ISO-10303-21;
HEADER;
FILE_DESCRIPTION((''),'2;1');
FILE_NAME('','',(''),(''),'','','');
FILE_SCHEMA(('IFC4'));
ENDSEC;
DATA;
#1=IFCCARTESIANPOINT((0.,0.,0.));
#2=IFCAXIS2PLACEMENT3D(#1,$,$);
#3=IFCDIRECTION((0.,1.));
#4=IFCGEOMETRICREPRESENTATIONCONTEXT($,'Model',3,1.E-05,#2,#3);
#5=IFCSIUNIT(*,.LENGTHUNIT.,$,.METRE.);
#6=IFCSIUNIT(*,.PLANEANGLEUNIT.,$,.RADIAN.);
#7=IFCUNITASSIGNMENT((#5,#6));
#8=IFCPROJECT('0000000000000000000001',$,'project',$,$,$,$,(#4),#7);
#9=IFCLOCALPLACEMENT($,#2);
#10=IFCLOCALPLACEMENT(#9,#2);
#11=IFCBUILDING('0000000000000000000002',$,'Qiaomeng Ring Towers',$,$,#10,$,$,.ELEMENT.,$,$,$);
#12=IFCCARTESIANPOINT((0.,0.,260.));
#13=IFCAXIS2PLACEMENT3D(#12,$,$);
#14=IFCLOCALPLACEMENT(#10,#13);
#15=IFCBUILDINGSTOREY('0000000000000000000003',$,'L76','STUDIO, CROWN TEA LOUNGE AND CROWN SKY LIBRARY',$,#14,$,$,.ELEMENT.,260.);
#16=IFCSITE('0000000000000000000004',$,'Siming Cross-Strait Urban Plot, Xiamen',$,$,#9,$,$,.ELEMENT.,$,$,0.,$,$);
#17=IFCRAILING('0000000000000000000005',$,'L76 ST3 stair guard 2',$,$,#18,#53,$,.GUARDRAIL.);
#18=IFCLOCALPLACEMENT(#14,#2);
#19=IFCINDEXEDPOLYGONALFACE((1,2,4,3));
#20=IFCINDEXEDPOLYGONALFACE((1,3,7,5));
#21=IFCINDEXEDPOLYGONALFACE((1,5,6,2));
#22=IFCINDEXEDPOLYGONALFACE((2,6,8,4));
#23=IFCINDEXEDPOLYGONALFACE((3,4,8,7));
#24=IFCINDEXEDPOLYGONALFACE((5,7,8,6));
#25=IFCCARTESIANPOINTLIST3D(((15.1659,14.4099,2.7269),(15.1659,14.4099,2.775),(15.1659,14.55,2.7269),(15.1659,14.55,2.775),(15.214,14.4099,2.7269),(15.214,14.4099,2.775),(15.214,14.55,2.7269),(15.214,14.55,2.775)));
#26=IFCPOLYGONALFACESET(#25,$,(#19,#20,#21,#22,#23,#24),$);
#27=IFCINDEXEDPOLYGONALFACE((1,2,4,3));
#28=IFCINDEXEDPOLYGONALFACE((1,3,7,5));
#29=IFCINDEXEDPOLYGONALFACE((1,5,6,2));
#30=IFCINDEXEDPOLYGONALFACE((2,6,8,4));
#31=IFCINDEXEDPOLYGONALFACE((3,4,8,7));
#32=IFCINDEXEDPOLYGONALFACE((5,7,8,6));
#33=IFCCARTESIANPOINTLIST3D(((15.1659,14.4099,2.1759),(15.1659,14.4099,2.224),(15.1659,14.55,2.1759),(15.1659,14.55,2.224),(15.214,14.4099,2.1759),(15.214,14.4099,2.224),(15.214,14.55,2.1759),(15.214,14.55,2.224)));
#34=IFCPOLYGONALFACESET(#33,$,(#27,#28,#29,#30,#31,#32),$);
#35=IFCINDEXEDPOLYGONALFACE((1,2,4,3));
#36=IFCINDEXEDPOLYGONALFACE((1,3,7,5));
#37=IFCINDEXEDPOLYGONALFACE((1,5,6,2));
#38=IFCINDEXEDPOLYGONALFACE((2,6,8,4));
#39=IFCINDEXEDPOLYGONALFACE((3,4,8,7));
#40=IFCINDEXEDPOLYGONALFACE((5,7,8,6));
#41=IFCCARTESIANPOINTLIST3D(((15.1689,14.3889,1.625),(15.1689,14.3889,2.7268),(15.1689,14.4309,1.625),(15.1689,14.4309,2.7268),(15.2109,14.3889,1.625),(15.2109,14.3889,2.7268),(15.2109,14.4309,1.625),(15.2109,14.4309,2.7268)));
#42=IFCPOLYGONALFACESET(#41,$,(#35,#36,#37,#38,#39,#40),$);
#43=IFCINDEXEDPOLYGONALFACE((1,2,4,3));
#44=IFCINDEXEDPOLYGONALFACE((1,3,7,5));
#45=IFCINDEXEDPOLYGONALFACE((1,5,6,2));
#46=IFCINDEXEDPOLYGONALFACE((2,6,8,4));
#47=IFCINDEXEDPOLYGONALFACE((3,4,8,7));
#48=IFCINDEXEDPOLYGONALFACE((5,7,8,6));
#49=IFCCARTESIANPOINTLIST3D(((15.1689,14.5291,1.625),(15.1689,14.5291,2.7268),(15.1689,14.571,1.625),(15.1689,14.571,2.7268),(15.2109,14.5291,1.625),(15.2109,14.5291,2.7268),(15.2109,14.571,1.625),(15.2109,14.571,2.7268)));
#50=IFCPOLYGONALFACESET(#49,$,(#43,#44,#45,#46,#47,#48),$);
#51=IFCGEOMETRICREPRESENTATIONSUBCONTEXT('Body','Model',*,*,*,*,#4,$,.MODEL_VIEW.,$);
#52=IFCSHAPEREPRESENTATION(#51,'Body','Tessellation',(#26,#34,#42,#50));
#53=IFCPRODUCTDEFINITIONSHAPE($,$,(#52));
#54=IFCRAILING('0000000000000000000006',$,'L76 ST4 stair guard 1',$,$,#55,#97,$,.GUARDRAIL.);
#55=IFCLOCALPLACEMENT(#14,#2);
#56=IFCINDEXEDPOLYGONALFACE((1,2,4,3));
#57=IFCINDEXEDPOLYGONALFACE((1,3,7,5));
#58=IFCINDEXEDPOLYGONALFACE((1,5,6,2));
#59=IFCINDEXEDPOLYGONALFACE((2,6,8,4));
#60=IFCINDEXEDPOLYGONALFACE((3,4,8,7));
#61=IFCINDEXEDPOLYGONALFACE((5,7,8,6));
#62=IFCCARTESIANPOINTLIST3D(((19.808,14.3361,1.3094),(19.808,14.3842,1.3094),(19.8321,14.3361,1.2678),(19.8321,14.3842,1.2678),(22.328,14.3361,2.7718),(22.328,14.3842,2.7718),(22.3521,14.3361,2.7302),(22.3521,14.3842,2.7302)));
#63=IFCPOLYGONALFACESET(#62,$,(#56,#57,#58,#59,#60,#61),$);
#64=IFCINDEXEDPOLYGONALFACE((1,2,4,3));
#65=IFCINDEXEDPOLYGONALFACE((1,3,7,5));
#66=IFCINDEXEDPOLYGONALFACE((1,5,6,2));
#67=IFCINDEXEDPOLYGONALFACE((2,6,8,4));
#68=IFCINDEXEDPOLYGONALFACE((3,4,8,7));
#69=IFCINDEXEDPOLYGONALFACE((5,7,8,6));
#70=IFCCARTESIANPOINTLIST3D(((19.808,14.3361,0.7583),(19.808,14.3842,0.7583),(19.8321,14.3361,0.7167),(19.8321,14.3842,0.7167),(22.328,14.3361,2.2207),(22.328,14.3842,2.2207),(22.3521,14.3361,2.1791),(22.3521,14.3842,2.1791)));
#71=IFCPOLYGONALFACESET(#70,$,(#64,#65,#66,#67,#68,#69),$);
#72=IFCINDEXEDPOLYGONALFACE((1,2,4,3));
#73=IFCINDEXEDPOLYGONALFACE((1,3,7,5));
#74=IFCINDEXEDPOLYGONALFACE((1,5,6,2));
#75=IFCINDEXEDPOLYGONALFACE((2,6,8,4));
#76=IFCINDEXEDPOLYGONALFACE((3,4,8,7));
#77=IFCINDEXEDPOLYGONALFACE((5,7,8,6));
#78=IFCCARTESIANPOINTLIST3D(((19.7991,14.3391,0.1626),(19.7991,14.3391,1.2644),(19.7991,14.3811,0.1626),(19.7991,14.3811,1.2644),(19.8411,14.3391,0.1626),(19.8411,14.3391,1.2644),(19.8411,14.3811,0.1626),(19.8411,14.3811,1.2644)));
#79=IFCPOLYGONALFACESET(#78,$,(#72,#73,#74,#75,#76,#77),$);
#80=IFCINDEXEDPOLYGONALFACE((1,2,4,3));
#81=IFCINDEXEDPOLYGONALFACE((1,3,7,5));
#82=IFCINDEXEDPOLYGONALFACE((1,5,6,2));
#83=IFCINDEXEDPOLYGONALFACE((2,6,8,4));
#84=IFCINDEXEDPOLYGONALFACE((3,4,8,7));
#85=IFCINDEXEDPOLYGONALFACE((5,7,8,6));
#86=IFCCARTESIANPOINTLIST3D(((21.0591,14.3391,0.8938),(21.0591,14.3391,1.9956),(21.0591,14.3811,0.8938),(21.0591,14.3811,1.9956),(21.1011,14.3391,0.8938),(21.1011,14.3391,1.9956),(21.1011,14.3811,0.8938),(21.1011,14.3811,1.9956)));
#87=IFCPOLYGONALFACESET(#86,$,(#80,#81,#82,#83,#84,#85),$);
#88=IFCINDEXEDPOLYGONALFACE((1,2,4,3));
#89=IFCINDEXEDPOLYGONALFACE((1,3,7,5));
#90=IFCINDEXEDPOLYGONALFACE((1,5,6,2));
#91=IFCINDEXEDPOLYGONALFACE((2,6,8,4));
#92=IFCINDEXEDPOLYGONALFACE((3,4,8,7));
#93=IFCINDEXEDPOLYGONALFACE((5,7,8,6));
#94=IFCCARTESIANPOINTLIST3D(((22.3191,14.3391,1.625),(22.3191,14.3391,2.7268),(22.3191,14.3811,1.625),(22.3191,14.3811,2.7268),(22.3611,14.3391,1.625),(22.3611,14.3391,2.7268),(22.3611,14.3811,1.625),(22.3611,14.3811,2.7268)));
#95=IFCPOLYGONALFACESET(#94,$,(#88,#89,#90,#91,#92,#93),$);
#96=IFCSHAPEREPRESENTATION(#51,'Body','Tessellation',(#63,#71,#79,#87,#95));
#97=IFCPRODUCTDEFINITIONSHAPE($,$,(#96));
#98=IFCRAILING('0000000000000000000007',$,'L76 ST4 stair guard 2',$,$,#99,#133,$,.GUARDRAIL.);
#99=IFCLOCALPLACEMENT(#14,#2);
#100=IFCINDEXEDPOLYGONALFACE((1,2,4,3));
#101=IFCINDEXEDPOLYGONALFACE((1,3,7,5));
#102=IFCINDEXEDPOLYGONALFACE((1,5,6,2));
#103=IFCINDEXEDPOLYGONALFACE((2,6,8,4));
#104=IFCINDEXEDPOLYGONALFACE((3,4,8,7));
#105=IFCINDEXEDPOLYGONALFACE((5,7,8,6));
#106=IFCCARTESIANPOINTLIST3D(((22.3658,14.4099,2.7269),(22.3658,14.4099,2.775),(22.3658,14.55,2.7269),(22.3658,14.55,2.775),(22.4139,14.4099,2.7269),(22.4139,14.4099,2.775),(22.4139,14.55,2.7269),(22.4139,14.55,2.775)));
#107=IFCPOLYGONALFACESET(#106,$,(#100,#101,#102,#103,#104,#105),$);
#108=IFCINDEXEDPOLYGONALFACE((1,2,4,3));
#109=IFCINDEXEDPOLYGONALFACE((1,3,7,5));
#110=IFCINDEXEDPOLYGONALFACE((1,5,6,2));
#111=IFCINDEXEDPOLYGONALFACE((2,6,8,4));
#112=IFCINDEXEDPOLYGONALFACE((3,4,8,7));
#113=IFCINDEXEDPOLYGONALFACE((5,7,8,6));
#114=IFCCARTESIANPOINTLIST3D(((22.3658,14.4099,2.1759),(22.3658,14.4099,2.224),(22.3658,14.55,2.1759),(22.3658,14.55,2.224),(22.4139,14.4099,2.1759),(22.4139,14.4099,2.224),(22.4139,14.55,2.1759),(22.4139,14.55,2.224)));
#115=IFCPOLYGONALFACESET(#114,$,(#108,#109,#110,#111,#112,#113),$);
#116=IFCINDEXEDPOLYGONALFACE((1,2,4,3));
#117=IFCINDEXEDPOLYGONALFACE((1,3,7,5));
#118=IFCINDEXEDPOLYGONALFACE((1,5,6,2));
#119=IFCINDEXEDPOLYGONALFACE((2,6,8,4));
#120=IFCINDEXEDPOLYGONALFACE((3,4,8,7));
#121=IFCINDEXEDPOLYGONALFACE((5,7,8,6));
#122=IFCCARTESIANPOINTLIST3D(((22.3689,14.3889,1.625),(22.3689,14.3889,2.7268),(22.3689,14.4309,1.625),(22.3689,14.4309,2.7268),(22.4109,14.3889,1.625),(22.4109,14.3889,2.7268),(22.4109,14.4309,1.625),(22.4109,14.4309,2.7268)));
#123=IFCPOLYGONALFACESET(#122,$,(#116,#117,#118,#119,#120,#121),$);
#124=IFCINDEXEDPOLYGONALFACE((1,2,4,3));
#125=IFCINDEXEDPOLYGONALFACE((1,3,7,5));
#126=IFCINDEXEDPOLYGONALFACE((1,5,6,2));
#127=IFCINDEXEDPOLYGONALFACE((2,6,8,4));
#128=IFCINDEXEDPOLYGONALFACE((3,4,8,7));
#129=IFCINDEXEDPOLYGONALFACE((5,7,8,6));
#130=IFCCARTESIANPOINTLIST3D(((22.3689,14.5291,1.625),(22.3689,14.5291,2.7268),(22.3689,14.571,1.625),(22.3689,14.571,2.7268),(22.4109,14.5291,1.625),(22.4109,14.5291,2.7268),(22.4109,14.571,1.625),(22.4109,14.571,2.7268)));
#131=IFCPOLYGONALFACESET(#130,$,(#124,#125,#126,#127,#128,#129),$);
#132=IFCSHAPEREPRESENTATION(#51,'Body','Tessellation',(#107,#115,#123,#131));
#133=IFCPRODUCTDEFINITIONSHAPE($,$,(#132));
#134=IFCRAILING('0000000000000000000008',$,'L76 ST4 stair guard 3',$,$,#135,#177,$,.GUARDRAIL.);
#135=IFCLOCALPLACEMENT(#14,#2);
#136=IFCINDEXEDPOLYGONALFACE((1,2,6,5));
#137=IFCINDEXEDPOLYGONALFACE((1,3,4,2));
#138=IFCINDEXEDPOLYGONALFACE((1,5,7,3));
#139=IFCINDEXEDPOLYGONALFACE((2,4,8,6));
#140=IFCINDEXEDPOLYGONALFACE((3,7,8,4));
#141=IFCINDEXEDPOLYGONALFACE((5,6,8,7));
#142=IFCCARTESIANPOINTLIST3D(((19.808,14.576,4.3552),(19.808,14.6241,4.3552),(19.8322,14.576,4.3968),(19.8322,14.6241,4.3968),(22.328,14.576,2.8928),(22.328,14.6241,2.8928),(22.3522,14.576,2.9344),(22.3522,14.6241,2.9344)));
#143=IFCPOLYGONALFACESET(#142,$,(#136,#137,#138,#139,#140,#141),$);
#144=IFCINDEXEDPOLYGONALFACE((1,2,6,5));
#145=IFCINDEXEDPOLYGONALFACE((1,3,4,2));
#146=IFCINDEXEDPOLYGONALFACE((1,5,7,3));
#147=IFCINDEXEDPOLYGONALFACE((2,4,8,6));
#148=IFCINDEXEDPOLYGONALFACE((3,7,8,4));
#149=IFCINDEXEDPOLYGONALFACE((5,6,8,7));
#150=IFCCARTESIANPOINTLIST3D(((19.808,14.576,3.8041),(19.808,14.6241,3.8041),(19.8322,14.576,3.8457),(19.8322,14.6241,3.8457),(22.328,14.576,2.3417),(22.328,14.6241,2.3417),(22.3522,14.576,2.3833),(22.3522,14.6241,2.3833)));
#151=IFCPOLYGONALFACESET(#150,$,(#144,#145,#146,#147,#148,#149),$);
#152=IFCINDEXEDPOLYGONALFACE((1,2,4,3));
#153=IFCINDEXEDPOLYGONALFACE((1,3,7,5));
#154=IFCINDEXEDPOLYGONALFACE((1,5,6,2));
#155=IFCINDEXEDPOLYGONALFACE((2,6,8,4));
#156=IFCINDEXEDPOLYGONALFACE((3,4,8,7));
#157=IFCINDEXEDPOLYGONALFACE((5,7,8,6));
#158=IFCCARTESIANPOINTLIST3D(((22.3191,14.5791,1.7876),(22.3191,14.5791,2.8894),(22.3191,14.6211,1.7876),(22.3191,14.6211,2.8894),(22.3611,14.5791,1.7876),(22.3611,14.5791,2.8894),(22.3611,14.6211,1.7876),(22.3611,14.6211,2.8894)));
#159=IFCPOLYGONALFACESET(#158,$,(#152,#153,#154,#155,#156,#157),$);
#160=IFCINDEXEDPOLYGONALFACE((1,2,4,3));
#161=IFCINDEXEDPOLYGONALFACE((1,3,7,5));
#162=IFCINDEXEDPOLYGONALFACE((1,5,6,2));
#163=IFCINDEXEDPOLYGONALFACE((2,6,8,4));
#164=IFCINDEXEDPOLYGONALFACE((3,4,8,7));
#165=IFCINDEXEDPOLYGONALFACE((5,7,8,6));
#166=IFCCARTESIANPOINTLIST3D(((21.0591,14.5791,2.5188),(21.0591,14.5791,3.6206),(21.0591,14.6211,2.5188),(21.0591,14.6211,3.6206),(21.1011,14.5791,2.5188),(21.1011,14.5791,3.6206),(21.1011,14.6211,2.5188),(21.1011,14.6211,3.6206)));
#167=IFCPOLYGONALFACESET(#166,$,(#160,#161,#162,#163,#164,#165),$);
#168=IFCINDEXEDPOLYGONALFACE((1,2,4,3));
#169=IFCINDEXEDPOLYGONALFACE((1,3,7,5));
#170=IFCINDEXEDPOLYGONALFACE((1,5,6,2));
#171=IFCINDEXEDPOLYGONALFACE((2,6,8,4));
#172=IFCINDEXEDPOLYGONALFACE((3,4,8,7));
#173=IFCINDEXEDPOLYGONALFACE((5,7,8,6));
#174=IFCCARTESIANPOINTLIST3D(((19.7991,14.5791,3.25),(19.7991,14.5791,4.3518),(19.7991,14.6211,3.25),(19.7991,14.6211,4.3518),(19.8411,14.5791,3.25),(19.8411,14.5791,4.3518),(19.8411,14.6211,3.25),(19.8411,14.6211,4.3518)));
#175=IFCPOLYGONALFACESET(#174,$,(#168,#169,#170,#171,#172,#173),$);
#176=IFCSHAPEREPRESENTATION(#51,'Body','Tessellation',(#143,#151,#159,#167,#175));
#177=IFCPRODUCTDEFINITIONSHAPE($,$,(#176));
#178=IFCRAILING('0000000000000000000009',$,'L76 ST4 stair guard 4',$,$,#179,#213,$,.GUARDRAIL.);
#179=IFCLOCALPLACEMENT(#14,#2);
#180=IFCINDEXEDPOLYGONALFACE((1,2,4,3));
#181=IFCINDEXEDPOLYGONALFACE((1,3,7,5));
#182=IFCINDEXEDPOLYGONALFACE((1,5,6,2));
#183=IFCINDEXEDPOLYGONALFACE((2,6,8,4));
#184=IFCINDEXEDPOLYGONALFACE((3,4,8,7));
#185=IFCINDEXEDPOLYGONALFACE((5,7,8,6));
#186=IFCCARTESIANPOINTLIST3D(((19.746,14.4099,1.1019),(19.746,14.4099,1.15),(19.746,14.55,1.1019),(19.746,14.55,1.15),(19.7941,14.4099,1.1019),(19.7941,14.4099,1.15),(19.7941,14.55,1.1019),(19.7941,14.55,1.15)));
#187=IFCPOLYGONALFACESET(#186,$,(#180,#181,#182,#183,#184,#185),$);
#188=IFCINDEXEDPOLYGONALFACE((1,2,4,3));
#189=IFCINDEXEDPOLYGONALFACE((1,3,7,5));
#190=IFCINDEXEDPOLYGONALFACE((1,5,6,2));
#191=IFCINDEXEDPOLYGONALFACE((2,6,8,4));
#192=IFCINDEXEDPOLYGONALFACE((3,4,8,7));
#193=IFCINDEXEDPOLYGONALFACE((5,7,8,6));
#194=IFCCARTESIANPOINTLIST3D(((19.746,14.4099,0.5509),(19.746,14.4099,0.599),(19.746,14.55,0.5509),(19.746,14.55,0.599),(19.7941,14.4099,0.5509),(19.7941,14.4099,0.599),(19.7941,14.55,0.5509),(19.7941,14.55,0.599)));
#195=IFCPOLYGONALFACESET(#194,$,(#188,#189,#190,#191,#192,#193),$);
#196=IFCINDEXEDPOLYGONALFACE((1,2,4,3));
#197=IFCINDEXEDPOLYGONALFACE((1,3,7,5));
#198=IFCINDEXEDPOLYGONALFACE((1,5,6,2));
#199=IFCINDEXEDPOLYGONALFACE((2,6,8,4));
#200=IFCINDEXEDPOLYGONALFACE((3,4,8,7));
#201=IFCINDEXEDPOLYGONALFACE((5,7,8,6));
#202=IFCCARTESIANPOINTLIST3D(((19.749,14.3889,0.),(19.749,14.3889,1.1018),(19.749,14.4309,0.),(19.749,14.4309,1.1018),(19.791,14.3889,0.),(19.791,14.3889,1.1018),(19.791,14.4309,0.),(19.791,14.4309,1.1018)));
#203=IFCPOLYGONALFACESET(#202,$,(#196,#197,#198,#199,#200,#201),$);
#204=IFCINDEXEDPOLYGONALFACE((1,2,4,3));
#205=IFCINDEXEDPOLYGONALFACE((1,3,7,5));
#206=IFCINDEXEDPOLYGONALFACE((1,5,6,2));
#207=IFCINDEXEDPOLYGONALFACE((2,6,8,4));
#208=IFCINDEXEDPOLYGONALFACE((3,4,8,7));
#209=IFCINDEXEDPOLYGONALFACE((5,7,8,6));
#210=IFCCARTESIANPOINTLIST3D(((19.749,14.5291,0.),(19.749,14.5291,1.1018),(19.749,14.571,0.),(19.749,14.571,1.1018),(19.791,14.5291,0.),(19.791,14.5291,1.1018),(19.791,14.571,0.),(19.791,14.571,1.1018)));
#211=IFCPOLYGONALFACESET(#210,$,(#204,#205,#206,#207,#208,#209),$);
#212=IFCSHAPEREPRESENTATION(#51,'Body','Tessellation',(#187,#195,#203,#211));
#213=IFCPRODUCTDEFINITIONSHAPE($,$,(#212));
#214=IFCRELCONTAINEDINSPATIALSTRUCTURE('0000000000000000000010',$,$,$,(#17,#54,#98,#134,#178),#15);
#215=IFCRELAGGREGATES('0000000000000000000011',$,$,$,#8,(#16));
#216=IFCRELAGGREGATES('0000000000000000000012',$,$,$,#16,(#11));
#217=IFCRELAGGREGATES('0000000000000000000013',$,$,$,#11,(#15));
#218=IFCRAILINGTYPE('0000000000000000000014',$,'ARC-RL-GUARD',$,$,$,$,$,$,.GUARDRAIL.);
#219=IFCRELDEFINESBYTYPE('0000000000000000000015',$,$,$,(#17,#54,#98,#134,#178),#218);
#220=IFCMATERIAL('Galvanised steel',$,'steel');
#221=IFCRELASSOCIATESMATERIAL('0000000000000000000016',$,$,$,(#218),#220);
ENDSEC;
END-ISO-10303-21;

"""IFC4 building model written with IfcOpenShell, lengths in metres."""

from ifc_helpers import new_model, si_unit, direction, frame, origin, origin_2d, place, context, subcontext, project, spatial, rectangle, extrude, material, type_object, element, save


model = new_model("IFC4")

# Units and contexts
model_context = context("Model", 3, precision=1e-05, world=origin(), true_north=direction((0.0, 1.0)))
body_context = subcontext(model_context, "Body", "Model", "MODEL_VIEW")
ifc_project = project(units=[si_unit("LENGTHUNIT", "METRE"), si_unit("PLANEANGLEUNIT", "RADIAN")], contexts=[model_context])

# Site, building, storey
site_placement = place(None, origin())
site = spatial("IfcSite", under=ifc_project, at=site_placement, Name="Siming Cross-Strait Urban Plot, Xiamen", CompositionType="ELEMENT", RefElevation=0.0)
building_placement = place(site_placement, origin())
building = spatial("IfcBuilding", under=site, at=building_placement, Name="Qiaomeng Ring Towers", CompositionType="ELEMENT")
storey_placement = place(building_placement, frame((0.0, 0.0, 260.0)))
storey = spatial("IfcBuildingStorey", under=building, at=storey_placement, Name="L76", Description="STUDIO, CROWN TEA LOUNGE AND CROWN SKY LIBRARY", CompositionType="ELEMENT", Elevation=260.0)

# Shared definitions
ifc_material_1 = material(Name="Galvanised steel", Category="steel")

# Railings
railing_type_1 = type_object("IfcRailingType", Name="ARC-RL-GUARD", PredefinedType="GUARDRAIL", material=ifc_material_1)
railing_1_placement = place(storey_placement, frame((15.1899, 14.4099, 1.625)))
element("IfcRailing", 1, at=railing_1_placement, inside=storey, type_object=railing_type_1, Name="L76 ST3 stair guard 2", PredefinedType="GUARDRAIL", context=body_context, shape_type="SweptSolid", body=[
    extrude(rectangle(XDim=0.0481, YDim=0.0481, at=origin_2d()), frame((0.0, 0.0, 1.126), z_axis=(0.0, 1.0, 0.0), x_axis=(-1.0, 0.0, 0.0)), (0.0, 0.0, 1.0), 0.1401),
    extrude(rectangle(XDim=0.0481, YDim=0.0481, at=origin_2d()), frame((0.0, 0.0, 0.575), z_axis=(0.0, 1.0, 0.0), x_axis=(-1.0, 0.0, 0.0)), (0.0, 0.0, 1.0), 0.1401),
    extrude(rectangle(XDim=0.042, YDim=0.042, at=origin_2d()), origin(), (0.0, 0.0, 1.0), 1.1018),
    extrude(rectangle(XDim=0.042, YDim=0.042, at=origin_2d()), frame((0.0, 0.1401, 0.0)), (0.0, 0.0, 1.0), 1.1018),
])
railing_2_placement = place(storey_placement, frame((19.8201, 14.3601, 0.1626)))
element("IfcRailing", 2, at=railing_2_placement, inside=storey, type_object=railing_type_1, Name="L76 ST4 stair guard 1", PredefinedType="GUARDRAIL", context=body_context, shape_type="SweptSolid", body=[
    extrude(rectangle(XDim=0.0481, YDim=0.0481, at=origin_2d()), frame((0.0, 0.0, 1.126), z_axis=(0.864913, 0.0, 0.501921), x_axis=(0.0, 1.0, 0.0)), (0.0, 0.0, 1.0), 2.9136),
    extrude(rectangle(XDim=0.0481, YDim=0.0481, at=origin_2d()), frame((0.0, 0.0, 0.575), z_axis=(0.864913, 0.0, 0.501921), x_axis=(0.0, 1.0, 0.0)), (0.0, 0.0, 1.0), 2.9136),
    extrude(rectangle(XDim=0.042, YDim=0.042, at=origin_2d()), origin(), (0.0, 0.0, 1.0), 1.1018),
    extrude(rectangle(XDim=0.042, YDim=0.042, at=origin_2d()), frame((1.26, 0.0, 0.7312)), (0.0, 0.0, 1.0), 1.1018),
    extrude(rectangle(XDim=0.042, YDim=0.042, at=origin_2d()), frame((2.52, 0.0, 1.4624)), (0.0, 0.0, 1.0), 1.1018),
])
railing_3_placement = place(storey_placement, frame((22.3899, 14.4099, 1.625)))
element("IfcRailing", 3, at=railing_3_placement, inside=storey, type_object=railing_type_1, Name="L76 ST4 stair guard 2", PredefinedType="GUARDRAIL", context=body_context, shape_type="SweptSolid", body=[
    extrude(rectangle(XDim=0.0481, YDim=0.0481, at=origin_2d()), frame((0.0, 0.0, 1.126), z_axis=(0.0, 1.0, 0.0), x_axis=(-1.0, 0.0, 0.0)), (0.0, 0.0, 1.0), 0.1401),
    extrude(rectangle(XDim=0.0481, YDim=0.0481, at=origin_2d()), frame((0.0, 0.0, 0.575), z_axis=(0.0, 1.0, 0.0), x_axis=(-1.0, 0.0, 0.0)), (0.0, 0.0, 1.0), 0.1401),
    extrude(rectangle(XDim=0.042, YDim=0.042, at=origin_2d()), origin(), (0.0, 0.0, 1.0), 1.1018),
    extrude(rectangle(XDim=0.042, YDim=0.042, at=origin_2d()), frame((0.0, 0.1401, 0.0)), (0.0, 0.0, 1.0), 1.1018),
])
railing_4_placement = place(storey_placement, frame((22.3401, 14.6001, 1.7876)))
element("IfcRailing", 4, at=railing_4_placement, inside=storey, type_object=railing_type_1, Name="L76 ST4 stair guard 3", PredefinedType="GUARDRAIL", context=body_context, shape_type="SweptSolid", body=[
    extrude(rectangle(XDim=0.0481, YDim=0.0481, at=origin_2d()), frame((0.0, 0.0, 1.126), z_axis=(-0.864913, 0.0, 0.501921), x_axis=(0.0, -1.0, 0.0)), (0.0, 0.0, 1.0), 2.9136),
    extrude(rectangle(XDim=0.0481, YDim=0.0481, at=origin_2d()), frame((0.0, 0.0, 0.575), z_axis=(-0.864913, 0.0, 0.501921), x_axis=(0.0, -1.0, 0.0)), (0.0, 0.0, 1.0), 2.9136),
    extrude(rectangle(XDim=0.042, YDim=0.042, at=origin_2d()), origin(), (0.0, 0.0, 1.0), 1.1018),
    extrude(rectangle(XDim=0.042, YDim=0.042, at=origin_2d()), frame((-1.26, 0.0, 0.7312)), (0.0, 0.0, 1.0), 1.1018),
    extrude(rectangle(XDim=0.042, YDim=0.042, at=origin_2d()), frame((-2.52, 0.0, 1.4624)), (0.0, 0.0, 1.0), 1.1018),
])
railing_5_placement = place(storey_placement, frame((19.77, 14.4099, 0.0)))
element("IfcRailing", 5, at=railing_5_placement, inside=storey, type_object=railing_type_1, Name="L76 ST4 stair guard 4", PredefinedType="GUARDRAIL", context=body_context, shape_type="SweptSolid", body=[
    extrude(rectangle(XDim=0.0481, YDim=0.0481, at=origin_2d()), frame((0.0, 0.0, 1.126), z_axis=(0.0, 1.0, 0.0), x_axis=(-1.0, 0.0, 0.0)), (0.0, 0.0, 1.0), 0.1401),
    extrude(rectangle(XDim=0.0481, YDim=0.0481, at=origin_2d()), frame((0.0, 0.0, 0.575), z_axis=(0.0, 1.0, 0.0), x_axis=(-1.0, 0.0, 0.0)), (0.0, 0.0, 1.0), 0.1401),
    extrude(rectangle(XDim=0.042, YDim=0.042, at=origin_2d()), origin(), (0.0, 0.0, 1.0), 1.1018),
    extrude(rectangle(XDim=0.042, YDim=0.042, at=origin_2d()), frame((0.0, 0.1401, 0.0)), (0.0, 0.0, 1.0), 1.1018),
])

save(model, "model.ifc")
